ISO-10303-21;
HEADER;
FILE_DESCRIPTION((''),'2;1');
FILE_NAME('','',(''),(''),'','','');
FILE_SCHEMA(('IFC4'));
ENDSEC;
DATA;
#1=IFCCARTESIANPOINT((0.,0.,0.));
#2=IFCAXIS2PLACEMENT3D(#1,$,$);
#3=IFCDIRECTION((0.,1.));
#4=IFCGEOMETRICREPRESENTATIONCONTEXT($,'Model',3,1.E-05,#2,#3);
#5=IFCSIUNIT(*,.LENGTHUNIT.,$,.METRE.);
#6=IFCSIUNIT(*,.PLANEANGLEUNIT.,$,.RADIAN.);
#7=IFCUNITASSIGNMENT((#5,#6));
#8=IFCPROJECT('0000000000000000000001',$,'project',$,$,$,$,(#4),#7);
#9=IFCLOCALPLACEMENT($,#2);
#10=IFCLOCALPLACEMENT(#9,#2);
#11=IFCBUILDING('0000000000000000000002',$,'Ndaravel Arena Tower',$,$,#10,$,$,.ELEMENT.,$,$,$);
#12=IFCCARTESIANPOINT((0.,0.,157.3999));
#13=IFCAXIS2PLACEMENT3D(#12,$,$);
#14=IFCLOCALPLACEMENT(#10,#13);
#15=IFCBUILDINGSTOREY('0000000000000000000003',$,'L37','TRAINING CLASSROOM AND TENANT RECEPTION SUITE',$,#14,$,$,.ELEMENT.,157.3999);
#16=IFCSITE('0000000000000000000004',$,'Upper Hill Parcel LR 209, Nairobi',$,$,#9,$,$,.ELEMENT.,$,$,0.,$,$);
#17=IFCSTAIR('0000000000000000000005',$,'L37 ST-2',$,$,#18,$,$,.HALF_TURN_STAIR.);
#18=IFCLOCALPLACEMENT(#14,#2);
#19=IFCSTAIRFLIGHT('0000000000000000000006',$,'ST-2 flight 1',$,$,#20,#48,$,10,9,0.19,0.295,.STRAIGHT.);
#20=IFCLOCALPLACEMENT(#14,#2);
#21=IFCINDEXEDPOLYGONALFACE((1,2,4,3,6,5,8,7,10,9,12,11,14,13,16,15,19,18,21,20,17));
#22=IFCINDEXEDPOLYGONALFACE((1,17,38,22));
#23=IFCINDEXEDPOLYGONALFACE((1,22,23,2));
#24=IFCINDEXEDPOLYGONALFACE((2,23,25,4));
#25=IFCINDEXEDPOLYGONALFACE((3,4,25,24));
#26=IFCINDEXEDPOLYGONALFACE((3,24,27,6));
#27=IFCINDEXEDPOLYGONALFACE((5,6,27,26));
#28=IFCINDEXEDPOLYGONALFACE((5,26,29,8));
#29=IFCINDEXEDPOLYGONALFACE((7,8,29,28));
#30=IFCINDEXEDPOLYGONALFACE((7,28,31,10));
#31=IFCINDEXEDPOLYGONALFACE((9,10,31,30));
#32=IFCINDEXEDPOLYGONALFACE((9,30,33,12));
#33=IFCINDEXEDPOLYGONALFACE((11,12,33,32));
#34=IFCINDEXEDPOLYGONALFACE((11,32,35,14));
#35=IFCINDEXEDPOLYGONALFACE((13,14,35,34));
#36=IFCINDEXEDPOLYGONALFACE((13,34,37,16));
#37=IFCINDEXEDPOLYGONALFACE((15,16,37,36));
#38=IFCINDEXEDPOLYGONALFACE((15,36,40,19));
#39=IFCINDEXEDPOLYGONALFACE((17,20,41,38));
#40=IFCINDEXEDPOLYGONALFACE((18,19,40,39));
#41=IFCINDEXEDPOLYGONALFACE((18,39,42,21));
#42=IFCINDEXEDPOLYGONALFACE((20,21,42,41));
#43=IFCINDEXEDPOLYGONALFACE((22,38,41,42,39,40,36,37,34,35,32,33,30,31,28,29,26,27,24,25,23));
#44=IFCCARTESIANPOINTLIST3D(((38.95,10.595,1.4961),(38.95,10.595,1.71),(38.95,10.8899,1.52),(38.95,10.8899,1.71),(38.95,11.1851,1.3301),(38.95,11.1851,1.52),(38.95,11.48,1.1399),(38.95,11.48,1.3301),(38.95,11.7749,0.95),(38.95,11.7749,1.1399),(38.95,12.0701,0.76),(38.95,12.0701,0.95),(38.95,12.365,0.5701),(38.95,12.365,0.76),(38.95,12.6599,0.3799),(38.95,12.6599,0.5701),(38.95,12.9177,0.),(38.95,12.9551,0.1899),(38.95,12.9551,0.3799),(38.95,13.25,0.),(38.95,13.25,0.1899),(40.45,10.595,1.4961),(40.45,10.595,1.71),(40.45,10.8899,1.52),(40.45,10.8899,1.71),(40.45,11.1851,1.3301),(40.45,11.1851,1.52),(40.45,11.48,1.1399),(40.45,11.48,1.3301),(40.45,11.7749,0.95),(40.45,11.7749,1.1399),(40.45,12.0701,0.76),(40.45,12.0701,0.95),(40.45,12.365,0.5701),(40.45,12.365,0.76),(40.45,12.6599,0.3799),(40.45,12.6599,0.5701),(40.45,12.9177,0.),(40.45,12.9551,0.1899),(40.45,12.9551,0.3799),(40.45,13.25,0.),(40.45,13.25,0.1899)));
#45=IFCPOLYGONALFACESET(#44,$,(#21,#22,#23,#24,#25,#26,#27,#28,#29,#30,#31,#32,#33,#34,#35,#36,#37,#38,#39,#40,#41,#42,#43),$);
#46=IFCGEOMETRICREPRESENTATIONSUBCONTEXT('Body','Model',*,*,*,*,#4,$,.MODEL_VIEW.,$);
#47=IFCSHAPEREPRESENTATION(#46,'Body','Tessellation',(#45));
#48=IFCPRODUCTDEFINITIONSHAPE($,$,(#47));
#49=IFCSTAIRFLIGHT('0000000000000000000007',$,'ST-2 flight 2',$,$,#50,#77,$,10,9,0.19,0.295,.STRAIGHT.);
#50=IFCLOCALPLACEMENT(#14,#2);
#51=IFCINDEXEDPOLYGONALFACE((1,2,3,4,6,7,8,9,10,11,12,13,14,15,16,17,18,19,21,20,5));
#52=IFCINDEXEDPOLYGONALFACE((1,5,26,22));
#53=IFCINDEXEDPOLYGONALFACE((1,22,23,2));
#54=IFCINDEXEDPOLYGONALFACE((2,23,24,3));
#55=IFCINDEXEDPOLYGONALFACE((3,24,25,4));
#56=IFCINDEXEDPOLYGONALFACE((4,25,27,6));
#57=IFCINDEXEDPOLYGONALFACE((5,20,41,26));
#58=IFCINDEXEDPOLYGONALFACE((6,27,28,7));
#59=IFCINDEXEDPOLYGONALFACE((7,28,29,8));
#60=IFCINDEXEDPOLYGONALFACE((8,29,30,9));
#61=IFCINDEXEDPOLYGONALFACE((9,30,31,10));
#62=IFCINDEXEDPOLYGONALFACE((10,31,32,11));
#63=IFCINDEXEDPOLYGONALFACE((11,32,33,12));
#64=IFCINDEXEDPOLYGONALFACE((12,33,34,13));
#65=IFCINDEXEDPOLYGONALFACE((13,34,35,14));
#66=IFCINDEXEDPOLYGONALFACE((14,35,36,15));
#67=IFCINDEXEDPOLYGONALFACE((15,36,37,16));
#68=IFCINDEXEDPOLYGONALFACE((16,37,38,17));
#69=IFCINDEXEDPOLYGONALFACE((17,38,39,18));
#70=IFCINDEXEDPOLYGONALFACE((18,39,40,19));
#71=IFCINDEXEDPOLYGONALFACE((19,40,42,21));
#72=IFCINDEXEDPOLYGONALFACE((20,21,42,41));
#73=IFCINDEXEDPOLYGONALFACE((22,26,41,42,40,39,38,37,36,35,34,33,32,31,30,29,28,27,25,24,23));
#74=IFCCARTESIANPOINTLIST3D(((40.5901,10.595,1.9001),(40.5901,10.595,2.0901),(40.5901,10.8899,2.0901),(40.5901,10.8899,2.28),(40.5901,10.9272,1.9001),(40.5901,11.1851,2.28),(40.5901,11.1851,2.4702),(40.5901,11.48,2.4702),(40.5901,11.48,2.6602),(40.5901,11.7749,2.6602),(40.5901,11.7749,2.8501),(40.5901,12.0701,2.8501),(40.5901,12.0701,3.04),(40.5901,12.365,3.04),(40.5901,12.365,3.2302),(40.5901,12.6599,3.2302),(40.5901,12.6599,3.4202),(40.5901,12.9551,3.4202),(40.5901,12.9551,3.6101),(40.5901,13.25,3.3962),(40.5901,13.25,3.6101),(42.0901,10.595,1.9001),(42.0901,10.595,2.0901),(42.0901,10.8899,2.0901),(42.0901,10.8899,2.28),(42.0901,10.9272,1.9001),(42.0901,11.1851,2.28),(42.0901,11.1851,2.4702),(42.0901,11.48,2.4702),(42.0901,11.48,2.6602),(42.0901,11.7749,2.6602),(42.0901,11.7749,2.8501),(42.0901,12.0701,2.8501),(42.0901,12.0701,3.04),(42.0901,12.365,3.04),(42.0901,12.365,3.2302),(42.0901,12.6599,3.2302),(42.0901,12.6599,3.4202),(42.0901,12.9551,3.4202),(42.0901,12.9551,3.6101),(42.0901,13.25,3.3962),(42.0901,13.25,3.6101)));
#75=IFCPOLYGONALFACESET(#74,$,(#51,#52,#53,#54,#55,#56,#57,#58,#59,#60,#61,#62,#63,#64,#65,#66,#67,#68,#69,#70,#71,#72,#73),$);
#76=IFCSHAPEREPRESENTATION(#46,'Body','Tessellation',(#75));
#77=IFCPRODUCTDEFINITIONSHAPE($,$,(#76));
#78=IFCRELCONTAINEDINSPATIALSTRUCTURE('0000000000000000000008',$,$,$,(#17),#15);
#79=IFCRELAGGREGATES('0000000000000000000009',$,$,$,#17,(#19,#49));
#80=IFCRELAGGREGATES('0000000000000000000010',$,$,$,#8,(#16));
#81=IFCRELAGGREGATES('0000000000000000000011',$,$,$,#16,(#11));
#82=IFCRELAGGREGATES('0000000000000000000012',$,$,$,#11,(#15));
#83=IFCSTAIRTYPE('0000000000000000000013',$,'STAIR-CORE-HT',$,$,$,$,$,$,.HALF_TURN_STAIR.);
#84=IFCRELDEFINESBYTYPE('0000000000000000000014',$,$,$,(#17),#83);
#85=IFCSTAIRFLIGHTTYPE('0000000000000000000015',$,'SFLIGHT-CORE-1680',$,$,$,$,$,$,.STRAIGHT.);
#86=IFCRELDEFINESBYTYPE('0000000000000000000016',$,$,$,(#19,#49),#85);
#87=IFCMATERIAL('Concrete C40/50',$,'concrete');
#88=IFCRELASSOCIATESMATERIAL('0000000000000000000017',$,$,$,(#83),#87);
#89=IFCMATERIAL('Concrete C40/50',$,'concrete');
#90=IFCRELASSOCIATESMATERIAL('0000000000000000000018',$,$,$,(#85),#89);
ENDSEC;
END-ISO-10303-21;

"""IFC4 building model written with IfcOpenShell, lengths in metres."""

from ifc_helpers import new_model, si_unit, direction, frame, origin, place, context, subcontext, project, spatial, polyline, outline, extrude, material, type_object, element, aggregate, save


model = new_model("IFC4")

# Units and contexts
model_context = context("Model", 3, precision=1e-05, world=origin(), true_north=direction((0.0, 1.0)))
body_context = subcontext(model_context, "Body", "Model", "MODEL_VIEW")
ifc_project = project(units=[si_unit("LENGTHUNIT", "METRE"), si_unit("PLANEANGLEUNIT", "RADIAN")], contexts=[model_context])

# Site, building, storey
site_placement = place(None, origin())
site = spatial("IfcSite", under=ifc_project, at=site_placement, Name="Upper Hill Parcel LR 209, Nairobi", CompositionType="ELEMENT", RefElevation=0.0)
building_placement = place(site_placement, origin())
building = spatial("IfcBuilding", under=site, at=building_placement, Name="Ndaravel Arena Tower", CompositionType="ELEMENT")
storey_placement = place(building_placement, frame((0.0, 0.0, 157.3999)))
storey = spatial("IfcBuildingStorey", under=building, at=storey_placement, Name="L37", Description="TRAINING CLASSROOM AND TENANT RECEPTION SUITE", CompositionType="ELEMENT", Elevation=157.3999)

# Stair, stair flights
ifc_material_1 = material(Name="Concrete C40/50", Category="concrete")
stair_type = type_object("IfcStairType", Name="STAIR-CORE-HT", PredefinedType="HALF_TURN_STAIR", material=ifc_material_1)
stair_placement = place(storey_placement, origin())
stair = element("IfcStair", 1, at=stair_placement, inside=storey, type_object=stair_type, Name="L37 ST-2", PredefinedType="HALF_TURN_STAIR")
ifc_material_2 = material(Name="Concrete C40/50", Category="concrete")
stair_flight_type = type_object("IfcStairFlightType", Name="SFLIGHT-CORE-1680", PredefinedType="STRAIGHT", material=ifc_material_2)
stair_flight_1_placement = place(storey_placement, frame((39.7, 13.25, 0.0), z_axis=(0.0, 0.0, 1.0), x_axis=(0.0, -1.0, 0.0)))
stair_flight_1 = element("IfcStairFlight", 2, at=stair_flight_1_placement, type_object=stair_flight_type, Name="ST-2 flight 1", NumberOfRisers=10, NumberOfTreads=9, PredefinedType="STRAIGHT", RiserHeight=0.19, TreadLength=0.295, context=body_context, shape_type="SweptSolid", body=[
    extrude(outline(polyline([(0.0, 0.0), (0.0, 0.1899), (0.2949, 0.1899), (0.2949, 0.3799), (0.5901, 0.3799), (0.5901, 0.5701), (0.885, 0.5701), (0.885, 0.76), (1.1799, 0.76), (1.1799, 0.95), (1.4751, 0.95), (1.4751, 1.1399), (1.77, 1.1399), (1.77, 1.3301), (2.0649, 1.3301), (2.0649, 1.52), (2.3601, 1.52), (2.3601, 1.71), (2.655, 1.71), (2.655, 1.8999), (2.655, 1.4961), (0.3323, 0.0), (0.0, 0.0)])), frame((0.0, 0.75, 0.0), z_axis=(0.0, -1.0, 0.0), x_axis=(1.0, 0.0, 0.0)), (0.0, 0.0, 1.0), 1.5),
])
stair_flight_2_placement = place(storey_placement, frame((41.3401, 10.595, 1.9001), z_axis=(0.0, 0.0, 1.0), x_axis=(0.0, 1.0, 0.0)))
stair_flight_2 = element("IfcStairFlight", 3, at=stair_flight_2_placement, type_object=stair_flight_type, Name="ST-2 flight 2", NumberOfRisers=10, NumberOfTreads=9, PredefinedType="STRAIGHT", RiserHeight=0.19, TreadLength=0.295, context=body_context, shape_type="SweptSolid", body=[
    extrude(outline(polyline([(0.0, 0.0), (0.0, 0.1899), (0.2949, 0.1899), (0.2949, 0.3799), (0.5901, 0.3799), (0.5901, 0.5701), (0.885, 0.5701), (0.885, 0.76), (1.1799, 0.76), (1.1799, 0.95), (1.4751, 0.95), (1.4751, 1.1399), (1.77, 1.1399), (1.77, 1.3301), (2.0649, 1.3301), (2.0649, 1.52), (2.3601, 1.52), (2.3601, 1.71), (2.655, 1.71), (2.655, 1.8999), (2.655, 1.4961), (0.3323, 0.0), (0.0, 0.0)])), frame((0.0, 0.75, 0.0), z_axis=(0.0, -1.0, 0.0), x_axis=(1.0, 0.0, 0.0)), (0.0, 0.0, 1.0), 1.5),
])
aggregate(stair, [stair_flight_1, stair_flight_2])

save(model, "model.ifc")
